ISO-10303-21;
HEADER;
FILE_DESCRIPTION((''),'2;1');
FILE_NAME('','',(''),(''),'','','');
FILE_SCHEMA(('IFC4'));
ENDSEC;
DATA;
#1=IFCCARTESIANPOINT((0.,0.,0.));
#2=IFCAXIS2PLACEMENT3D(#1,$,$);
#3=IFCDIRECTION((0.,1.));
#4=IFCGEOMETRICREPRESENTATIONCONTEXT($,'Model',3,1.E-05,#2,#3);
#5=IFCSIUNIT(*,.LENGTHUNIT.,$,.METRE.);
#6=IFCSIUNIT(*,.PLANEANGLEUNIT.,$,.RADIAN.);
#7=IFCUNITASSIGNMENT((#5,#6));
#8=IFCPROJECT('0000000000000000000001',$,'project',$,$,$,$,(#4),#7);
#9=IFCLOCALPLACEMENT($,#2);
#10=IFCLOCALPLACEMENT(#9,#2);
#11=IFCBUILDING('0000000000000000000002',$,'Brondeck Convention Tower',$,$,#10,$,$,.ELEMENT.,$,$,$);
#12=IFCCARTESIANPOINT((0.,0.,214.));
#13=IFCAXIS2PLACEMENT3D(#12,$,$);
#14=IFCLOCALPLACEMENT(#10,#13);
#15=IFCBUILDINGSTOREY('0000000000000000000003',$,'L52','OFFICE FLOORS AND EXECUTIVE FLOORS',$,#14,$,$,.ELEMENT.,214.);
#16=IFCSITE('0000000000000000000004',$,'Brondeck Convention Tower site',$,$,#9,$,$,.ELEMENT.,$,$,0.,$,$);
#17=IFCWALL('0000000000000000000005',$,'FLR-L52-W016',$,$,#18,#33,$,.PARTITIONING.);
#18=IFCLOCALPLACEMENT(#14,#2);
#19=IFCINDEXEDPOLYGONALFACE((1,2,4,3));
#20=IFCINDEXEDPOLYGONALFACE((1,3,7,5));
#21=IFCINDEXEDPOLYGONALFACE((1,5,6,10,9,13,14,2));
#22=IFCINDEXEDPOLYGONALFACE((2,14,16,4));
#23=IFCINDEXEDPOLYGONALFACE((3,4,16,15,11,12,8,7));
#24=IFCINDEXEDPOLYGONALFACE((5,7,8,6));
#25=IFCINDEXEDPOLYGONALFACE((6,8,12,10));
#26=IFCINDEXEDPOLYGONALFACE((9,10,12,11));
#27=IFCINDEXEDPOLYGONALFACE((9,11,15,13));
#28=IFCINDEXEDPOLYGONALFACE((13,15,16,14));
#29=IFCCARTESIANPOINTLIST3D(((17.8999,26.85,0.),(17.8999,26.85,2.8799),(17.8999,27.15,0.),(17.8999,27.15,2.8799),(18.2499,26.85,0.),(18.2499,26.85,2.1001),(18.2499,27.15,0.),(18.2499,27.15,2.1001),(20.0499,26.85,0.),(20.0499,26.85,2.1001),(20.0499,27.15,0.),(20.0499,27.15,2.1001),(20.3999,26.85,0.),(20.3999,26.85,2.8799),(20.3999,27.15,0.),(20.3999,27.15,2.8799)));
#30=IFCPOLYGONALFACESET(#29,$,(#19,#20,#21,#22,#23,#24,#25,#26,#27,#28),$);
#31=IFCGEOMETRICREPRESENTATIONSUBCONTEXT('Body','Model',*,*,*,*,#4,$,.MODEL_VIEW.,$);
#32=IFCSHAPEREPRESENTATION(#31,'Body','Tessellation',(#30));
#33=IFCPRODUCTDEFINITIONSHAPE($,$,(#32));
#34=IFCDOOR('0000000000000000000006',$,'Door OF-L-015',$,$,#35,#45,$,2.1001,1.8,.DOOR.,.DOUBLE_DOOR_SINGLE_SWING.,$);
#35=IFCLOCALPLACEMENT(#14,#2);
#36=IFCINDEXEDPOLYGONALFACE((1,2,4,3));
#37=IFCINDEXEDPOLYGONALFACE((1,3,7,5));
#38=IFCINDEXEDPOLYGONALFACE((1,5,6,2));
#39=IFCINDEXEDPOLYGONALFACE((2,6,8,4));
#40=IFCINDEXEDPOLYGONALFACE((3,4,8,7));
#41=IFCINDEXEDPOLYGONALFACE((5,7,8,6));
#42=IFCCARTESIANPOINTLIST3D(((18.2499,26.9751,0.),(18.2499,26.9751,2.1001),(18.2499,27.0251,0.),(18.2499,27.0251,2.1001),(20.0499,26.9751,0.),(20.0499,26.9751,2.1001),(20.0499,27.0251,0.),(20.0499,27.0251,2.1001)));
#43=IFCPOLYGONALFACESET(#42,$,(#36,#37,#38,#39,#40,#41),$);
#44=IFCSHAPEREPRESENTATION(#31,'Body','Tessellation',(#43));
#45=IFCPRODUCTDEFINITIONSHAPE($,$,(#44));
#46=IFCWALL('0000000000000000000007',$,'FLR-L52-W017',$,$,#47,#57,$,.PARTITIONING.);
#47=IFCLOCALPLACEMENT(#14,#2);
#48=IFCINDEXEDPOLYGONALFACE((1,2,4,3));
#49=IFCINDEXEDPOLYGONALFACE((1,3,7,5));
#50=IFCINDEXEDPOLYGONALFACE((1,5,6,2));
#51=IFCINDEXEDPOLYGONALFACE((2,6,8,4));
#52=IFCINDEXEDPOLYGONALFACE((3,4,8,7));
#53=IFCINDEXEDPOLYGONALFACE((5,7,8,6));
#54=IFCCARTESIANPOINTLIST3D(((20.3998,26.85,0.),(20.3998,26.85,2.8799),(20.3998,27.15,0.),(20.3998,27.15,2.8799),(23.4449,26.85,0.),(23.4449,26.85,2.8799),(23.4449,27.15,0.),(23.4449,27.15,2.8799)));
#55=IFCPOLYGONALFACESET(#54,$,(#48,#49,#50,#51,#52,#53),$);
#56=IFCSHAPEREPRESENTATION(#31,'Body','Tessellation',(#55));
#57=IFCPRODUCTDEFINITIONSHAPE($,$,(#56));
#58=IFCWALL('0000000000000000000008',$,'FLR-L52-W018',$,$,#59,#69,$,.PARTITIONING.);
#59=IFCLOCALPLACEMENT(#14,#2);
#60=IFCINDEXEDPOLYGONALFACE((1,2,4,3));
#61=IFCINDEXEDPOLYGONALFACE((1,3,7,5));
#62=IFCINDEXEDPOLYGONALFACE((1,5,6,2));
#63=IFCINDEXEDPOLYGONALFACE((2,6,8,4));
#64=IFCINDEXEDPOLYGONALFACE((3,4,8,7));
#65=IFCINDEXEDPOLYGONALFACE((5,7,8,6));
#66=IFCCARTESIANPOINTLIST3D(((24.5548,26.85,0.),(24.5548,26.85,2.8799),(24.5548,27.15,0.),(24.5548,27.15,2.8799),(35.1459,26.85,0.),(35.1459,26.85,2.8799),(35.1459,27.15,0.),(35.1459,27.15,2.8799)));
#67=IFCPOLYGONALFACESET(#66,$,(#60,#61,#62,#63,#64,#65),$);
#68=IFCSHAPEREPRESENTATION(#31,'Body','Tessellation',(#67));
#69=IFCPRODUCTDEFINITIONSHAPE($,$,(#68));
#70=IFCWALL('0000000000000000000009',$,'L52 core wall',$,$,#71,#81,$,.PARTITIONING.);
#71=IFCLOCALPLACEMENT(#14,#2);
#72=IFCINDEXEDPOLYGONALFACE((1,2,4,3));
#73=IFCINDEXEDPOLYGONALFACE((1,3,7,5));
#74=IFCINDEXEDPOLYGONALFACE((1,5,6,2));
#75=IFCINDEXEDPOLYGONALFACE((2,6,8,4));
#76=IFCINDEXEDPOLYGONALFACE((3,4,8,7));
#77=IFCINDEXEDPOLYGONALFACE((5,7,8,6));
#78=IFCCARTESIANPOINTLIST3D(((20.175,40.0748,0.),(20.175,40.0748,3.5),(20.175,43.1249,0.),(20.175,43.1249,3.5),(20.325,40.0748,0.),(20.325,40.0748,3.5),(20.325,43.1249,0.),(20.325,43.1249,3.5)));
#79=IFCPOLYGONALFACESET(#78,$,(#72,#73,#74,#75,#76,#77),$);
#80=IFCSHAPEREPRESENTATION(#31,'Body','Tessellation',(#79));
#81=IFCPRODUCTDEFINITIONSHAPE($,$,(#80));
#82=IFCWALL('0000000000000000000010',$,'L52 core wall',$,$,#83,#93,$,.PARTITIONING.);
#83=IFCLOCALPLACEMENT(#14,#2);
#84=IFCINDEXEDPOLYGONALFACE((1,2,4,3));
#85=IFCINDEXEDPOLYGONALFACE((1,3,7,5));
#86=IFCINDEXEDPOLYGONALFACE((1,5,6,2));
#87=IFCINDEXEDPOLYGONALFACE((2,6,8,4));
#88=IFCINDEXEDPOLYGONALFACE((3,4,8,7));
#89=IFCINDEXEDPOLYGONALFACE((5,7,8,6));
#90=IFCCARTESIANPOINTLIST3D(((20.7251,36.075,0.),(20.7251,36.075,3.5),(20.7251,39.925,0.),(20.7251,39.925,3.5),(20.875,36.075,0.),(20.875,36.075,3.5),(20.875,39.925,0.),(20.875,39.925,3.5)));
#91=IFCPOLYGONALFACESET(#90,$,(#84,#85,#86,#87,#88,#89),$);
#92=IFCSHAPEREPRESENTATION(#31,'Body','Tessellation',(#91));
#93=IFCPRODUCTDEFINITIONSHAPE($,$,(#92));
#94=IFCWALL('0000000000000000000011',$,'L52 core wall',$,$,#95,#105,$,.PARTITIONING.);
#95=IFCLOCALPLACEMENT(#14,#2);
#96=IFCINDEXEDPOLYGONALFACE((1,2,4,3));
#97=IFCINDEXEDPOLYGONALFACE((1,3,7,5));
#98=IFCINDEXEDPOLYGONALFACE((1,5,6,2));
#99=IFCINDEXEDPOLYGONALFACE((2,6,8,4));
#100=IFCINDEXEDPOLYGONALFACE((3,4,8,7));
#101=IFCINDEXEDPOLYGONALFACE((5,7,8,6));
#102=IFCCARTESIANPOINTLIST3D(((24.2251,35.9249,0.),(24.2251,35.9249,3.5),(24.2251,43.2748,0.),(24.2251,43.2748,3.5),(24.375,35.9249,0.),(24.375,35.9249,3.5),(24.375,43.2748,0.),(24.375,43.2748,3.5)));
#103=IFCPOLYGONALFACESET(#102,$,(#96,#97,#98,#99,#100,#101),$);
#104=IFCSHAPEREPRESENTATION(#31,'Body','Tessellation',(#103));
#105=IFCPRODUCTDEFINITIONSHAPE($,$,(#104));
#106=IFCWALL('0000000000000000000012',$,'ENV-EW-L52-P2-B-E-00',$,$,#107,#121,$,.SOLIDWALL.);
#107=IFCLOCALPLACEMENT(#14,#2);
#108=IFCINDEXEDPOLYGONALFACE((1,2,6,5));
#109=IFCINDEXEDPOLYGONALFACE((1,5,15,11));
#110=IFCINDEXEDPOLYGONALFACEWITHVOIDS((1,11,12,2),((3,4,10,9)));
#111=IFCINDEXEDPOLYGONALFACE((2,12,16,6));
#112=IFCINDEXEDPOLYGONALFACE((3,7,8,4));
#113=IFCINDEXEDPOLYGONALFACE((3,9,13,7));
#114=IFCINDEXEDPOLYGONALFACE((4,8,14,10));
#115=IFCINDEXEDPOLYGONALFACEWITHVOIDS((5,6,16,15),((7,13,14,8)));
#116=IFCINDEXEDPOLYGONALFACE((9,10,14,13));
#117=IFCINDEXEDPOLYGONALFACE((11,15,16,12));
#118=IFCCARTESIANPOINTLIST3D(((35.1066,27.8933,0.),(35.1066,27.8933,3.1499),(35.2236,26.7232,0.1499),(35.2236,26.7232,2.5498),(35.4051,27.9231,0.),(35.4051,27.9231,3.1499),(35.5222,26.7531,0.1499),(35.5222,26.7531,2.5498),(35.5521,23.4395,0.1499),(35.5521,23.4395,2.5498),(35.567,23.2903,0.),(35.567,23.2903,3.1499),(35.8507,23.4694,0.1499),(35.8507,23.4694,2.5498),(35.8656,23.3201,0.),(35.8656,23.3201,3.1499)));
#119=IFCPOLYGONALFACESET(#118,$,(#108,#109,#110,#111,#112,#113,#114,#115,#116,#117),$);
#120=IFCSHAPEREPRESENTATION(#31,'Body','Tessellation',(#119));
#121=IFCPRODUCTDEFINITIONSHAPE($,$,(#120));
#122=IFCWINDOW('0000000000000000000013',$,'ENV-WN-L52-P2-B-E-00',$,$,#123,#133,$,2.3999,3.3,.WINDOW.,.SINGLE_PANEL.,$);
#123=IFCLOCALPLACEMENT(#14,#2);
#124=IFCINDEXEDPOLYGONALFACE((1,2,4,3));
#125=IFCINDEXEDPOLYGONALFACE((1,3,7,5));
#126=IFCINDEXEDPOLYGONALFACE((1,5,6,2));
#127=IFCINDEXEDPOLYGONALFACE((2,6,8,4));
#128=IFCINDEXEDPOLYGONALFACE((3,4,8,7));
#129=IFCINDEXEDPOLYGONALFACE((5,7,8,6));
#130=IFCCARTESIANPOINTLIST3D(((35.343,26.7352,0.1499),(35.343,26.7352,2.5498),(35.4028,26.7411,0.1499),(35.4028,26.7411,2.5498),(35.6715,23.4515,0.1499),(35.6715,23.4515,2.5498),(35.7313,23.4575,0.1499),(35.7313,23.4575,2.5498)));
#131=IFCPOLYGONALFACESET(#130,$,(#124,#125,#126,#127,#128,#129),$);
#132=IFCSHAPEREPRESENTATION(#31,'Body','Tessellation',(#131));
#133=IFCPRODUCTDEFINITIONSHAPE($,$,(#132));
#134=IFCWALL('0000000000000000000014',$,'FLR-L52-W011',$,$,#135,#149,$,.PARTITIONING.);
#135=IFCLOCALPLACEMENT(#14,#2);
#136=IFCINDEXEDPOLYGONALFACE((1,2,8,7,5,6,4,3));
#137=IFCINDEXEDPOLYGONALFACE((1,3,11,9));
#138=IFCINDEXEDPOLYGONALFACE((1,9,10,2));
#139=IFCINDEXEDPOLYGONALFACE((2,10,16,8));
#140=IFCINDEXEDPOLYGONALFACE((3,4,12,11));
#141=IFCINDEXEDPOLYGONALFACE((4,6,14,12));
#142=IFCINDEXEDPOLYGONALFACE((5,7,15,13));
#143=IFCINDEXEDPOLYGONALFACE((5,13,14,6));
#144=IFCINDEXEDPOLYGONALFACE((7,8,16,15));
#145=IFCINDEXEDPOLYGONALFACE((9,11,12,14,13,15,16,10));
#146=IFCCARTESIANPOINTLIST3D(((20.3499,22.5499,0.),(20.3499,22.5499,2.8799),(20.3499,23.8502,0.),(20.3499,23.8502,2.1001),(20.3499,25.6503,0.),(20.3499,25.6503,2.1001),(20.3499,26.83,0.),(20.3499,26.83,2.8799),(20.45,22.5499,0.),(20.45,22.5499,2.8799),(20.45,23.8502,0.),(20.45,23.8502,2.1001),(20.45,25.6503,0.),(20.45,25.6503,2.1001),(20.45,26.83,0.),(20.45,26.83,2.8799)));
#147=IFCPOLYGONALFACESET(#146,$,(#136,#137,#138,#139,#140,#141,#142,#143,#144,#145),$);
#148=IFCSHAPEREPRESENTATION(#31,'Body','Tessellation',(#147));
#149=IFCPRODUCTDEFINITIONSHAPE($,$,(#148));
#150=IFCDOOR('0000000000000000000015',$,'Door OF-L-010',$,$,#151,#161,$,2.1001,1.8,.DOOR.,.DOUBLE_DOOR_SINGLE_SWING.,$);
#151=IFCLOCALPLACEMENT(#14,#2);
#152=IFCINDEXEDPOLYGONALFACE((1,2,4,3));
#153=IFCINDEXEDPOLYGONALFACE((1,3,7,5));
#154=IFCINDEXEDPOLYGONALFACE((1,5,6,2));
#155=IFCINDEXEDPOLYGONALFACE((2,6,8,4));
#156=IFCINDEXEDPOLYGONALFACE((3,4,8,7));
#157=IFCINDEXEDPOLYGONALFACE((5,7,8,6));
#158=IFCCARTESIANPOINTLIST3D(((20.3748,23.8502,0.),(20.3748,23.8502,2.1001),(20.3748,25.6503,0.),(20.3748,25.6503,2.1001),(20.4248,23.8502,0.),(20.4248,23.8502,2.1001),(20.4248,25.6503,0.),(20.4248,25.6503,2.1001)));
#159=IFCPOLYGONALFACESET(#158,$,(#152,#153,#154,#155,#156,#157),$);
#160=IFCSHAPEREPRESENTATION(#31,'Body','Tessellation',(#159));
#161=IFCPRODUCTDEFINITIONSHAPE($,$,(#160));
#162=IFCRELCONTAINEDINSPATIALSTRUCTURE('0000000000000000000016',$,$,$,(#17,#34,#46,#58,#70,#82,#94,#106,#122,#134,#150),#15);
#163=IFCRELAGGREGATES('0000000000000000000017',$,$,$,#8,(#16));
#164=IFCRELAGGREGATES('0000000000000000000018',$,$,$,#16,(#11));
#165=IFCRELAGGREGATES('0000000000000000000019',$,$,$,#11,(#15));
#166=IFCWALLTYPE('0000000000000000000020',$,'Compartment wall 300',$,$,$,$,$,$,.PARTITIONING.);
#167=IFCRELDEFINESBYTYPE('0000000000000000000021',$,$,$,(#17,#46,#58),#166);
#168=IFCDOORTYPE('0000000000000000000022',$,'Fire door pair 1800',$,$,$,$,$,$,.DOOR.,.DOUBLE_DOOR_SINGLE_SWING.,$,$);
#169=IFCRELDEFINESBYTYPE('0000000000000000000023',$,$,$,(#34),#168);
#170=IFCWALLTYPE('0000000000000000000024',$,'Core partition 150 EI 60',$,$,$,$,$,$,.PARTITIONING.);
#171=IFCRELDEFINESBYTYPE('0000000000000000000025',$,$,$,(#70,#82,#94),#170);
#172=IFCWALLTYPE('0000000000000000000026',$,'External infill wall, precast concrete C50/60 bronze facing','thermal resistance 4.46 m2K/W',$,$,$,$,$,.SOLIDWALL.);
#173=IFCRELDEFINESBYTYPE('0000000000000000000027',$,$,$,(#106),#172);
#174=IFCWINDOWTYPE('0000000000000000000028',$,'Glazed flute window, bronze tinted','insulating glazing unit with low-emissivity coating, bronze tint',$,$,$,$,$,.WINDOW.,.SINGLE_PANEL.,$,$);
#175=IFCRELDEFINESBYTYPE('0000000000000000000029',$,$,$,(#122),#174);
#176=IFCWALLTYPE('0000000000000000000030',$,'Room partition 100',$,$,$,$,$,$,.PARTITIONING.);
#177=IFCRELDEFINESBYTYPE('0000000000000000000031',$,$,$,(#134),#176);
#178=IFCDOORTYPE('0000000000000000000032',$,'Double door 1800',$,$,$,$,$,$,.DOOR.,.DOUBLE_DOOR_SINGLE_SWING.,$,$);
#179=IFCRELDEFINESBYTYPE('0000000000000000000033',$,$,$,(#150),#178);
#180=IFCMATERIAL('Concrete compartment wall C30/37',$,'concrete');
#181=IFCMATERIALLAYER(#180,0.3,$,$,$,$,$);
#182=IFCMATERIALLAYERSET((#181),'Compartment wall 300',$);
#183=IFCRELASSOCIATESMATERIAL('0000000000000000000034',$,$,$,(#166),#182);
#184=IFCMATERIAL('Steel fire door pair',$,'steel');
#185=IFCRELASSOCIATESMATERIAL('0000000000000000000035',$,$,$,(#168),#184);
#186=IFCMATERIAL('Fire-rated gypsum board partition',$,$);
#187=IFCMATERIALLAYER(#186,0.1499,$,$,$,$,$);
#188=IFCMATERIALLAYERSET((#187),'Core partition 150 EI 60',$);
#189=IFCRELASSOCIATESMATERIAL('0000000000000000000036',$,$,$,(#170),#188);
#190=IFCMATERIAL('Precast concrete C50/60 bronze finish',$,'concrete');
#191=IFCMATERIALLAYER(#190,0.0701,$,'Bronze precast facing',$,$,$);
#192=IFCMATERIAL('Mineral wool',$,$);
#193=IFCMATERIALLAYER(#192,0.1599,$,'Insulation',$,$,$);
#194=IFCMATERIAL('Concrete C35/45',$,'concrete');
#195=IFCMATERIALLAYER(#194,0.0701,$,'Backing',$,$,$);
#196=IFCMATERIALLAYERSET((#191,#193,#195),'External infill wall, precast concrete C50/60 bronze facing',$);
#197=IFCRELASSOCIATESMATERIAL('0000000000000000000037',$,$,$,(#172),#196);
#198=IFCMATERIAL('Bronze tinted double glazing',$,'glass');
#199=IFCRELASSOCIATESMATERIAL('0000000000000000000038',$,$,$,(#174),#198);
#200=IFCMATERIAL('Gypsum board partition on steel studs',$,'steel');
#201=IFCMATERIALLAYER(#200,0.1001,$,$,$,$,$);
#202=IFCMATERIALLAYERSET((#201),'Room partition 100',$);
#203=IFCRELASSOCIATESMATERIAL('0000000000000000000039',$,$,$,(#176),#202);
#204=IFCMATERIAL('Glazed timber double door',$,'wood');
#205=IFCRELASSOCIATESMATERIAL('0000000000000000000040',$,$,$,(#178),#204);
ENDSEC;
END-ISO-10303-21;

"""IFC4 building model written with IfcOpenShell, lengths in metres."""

from ifc_helpers import new_model, si_unit, direction, frame, frame_2d, origin, place, context, subcontext, project, spatial, rectangle, extrude, material, layer, layer_set, type_object, element, fill, save


model = new_model("IFC4")

# Units and contexts
model_context = context("Model", 3, precision=1e-05, world=origin(), true_north=direction((0.0, 1.0)))
body_context = subcontext(model_context, "Body", "Model", "MODEL_VIEW")
ifc_project = project(units=[si_unit("LENGTHUNIT", "METRE"), si_unit("PLANEANGLEUNIT", "RADIAN")], contexts=[model_context])

# Site, building, storey
site_placement = place(None, origin())
site = spatial("IfcSite", under=ifc_project, at=site_placement, Name="Brondeck Convention Tower site", CompositionType="ELEMENT", RefElevation=0.0)
building_placement = place(site_placement, origin())
building = spatial("IfcBuilding", under=site, at=building_placement, Name="Brondeck Convention Tower", CompositionType="ELEMENT")
storey_placement = place(building_placement, frame((0.0, 0.0, 214.0)))
storey = spatial("IfcBuildingStorey", under=building, at=storey_placement, Name="L52", Description="OFFICE FLOORS AND EXECUTIVE FLOORS", CompositionType="ELEMENT", Elevation=214.0)

# Wall, opening, door
ifc_material_1 = material(Name="Concrete compartment wall C30/37", Category="concrete")
ifc_layer_1 = layer(ifc_material_1, 0.3)
ifc_layer_set_1 = layer_set([ifc_layer_1], Name="Compartment wall 300")
wall_type_1 = type_object("IfcWallType", Name="Compartment wall 300", PredefinedType="PARTITIONING", material=ifc_layer_set_1)
wall_1_placement = place(storey_placement, frame((20.3999, 27.0, 0.0), z_axis=(0.0, 0.0, 1.0), x_axis=(-1.0, 0.0, 0.0)))
wall_1 = element("IfcWall", 1, at=wall_1_placement, inside=storey, type_object=wall_type_1, Name="FLR-L52-W016", PredefinedType="PARTITIONING", context=body_context, shape_type="SweptSolid", body=[
    extrude(rectangle(XDim=2.5, YDim=0.3, at=frame_2d((1.25, 0.0))), origin(), (0.0, 0.0, 1.0), 2.8799),
])
opening_1_placement = place(wall_1_placement, frame((0.3501, 0.0, 0.0)))
opening_1 = element("IfcOpeningElement", 2, at=opening_1_placement, cuts=wall_1, PredefinedType="OPENING", context=body_context, shape_type="SweptSolid", body=[
    extrude(rectangle(XDim=1.8, YDim=2.1001, at=frame_2d((0.8999, 1.05))), frame((0.0, 0.1599, 0.0), z_axis=(0.0, -1.0, 0.0), x_axis=(1.0, 0.0, 0.0)), (0.0, 0.0, 1.0), 0.3201),
])
ifc_material_2 = material(Name="Steel fire door pair", Category="steel")
door_type_1 = type_object("IfcDoorType", Name="Fire door pair 1800", OperationType="DOUBLE_DOOR_SINGLE_SWING", PredefinedType="DOOR", material=ifc_material_2)
door_1_placement = place(opening_1_placement, origin())
door_1 = element("IfcDoor", 3, at=door_1_placement, inside=storey, type_object=door_type_1, Name="Door OF-L-015", OperationType="DOUBLE_DOOR_SINGLE_SWING", OverallHeight=2.1001, OverallWidth=1.8, PredefinedType="DOOR", context=body_context, shape_type="SweptSolid", body=[
    extrude(rectangle(XDim=1.8, YDim=2.1001, at=frame_2d((0.8999, 1.05))), frame((0.0, 0.0249, 0.0), z_axis=(0.0, -1.0, 0.0), x_axis=(1.0, 0.0, 0.0)), (0.0, 0.0, 1.0), 0.05),
])
fill(opening_1, door_1)

# Walls
wall_2_placement = place(storey_placement, frame((20.3999, 27.0, 0.0), z_axis=(0.0, 0.0, 1.0), x_axis=(1.0, 0.0, 0.0)))
element("IfcWall", 4, at=wall_2_placement, inside=storey, type_object=wall_type_1, Name="FLR-L52-W017", PredefinedType="PARTITIONING", context=body_context, shape_type="SweptSolid", body=[
    extrude(rectangle(XDim=3.0452, YDim=0.3, at=frame_2d((1.5225, 0.0))), origin(), (0.0, 0.0, 1.0), 2.8799),
])
wall_3_placement = place(storey_placement, frame((24.5549, 27.0, 0.0), z_axis=(0.0, 0.0, 1.0), x_axis=(1.0, 0.0, 0.0)))
element("IfcWall", 5, at=wall_3_placement, inside=storey, type_object=wall_type_1, Name="FLR-L52-W018", PredefinedType="PARTITIONING", context=body_context, shape_type="SweptSolid", body=[
    extrude(rectangle(XDim=10.5911, YDim=0.3, at=frame_2d((5.2954, 0.0))), origin(), (0.0, 0.0, 1.0), 2.8799),
])
ifc_material_3 = material(Name="Fire-rated gypsum board partition")
ifc_layer_2 = layer(ifc_material_3, 0.1499)
ifc_layer_set_2 = layer_set([ifc_layer_2], Name="Core partition 150 EI 60")
wall_type_2 = type_object("IfcWallType", Name="Core partition 150 EI 60", PredefinedType="PARTITIONING", material=ifc_layer_set_2)
wall_4_placement = place(storey_placement, frame((20.25, 40.075, 0.0), z_axis=(0.0, 0.0, 1.0), x_axis=(0.0, 1.0, 0.0)))
element("IfcWall", 6, at=wall_4_placement, inside=storey, type_object=wall_type_2, Name="L52 core wall", PredefinedType="PARTITIONING", context=body_context, shape_type="SweptSolid", body=[
    extrude(rectangle(XDim=3.05, YDim=0.1499, at=frame_2d((1.5249, 0.0))), origin(), (0.0, 0.0, 1.0), 3.5),
])
wall_5_placement = place(storey_placement, frame((20.8, 36.075, 0.0), z_axis=(0.0, 0.0, 1.0), x_axis=(0.0, 1.0, 0.0)))
element("IfcWall", 7, at=wall_5_placement, inside=storey, type_object=wall_type_2, Name="L52 core wall", PredefinedType="PARTITIONING", context=body_context, shape_type="SweptSolid", body=[
    extrude(rectangle(XDim=3.8501, YDim=0.1499, at=frame_2d((1.925, 0.0))), origin(), (0.0, 0.0, 1.0), 3.5),
])
wall_6_placement = place(storey_placement, frame((24.3, 35.925, 0.0), z_axis=(0.0, 0.0, 1.0), x_axis=(0.0, 1.0, 0.0)))
element("IfcWall", 8, at=wall_6_placement, inside=storey, type_object=wall_type_2, Name="L52 core wall", PredefinedType="PARTITIONING", context=body_context, shape_type="SweptSolid", body=[
    extrude(rectangle(XDim=7.3499, YDim=0.1499, at=frame_2d((3.6748, 0.0))), origin(), (0.0, 0.0, 1.0), 3.5),
])

# Wall, opening, window
ifc_material_4 = material(Name="Precast concrete C50/60 bronze finish", Category="concrete")
ifc_layer_3 = layer(ifc_material_4, 0.0701, Name="Bronze precast facing")
ifc_material_5 = material(Name="Mineral wool")
ifc_layer_4 = layer(ifc_material_5, 0.1599, Name="Insulation")
ifc_material_6 = material(Name="Concrete C35/45", Category="concrete")
ifc_layer_5 = layer(ifc_material_6, 0.0701, Name="Backing")
ifc_layer_set_3 = layer_set([ifc_layer_3, ifc_layer_4, ifc_layer_5], Name="External infill wall, precast concrete C50/60 bronze facing")
wall_type_3 = type_object("IfcWallType", Name="External infill wall, precast concrete C50/60 bronze facing", Description="thermal resistance 4.46 m2K/W", PredefinedType="SOLIDWALL", material=ifc_layer_set_3)
wall_7_placement = place(storey_placement, frame((35.2559, 27.9082, 0.0), z_axis=(0.0, 0.0, 1.0), x_axis=(0.099535, -0.995034, 0.0)))
wall_7 = element("IfcWall", 9, at=wall_7_placement, inside=storey, type_object=wall_type_3, Name="ENV-EW-L52-P2-B-E-00", PredefinedType="SOLIDWALL", context=body_context, shape_type="SweptSolid", body=[
    extrude(rectangle(XDim=4.626, YDim=0.3, at=frame_2d((2.313, 0.0))), origin(), (0.0, 0.0, 1.0), 3.1499),
])
opening_2_placement = place(wall_7_placement, frame((1.176, 0.0, 0.1499)))
opening_2 = element("IfcOpeningElement", 10, at=opening_2_placement, cuts=wall_7, PredefinedType="OPENING", context=body_context, shape_type="SweptSolid", body=[
    extrude(rectangle(XDim=3.3, YDim=2.3999, at=frame_2d((1.6499, 1.2))), frame((0.0, 0.1599, 0.0), z_axis=(0.0, -1.0, 0.0), x_axis=(1.0, 0.0, 0.0)), (0.0, 0.0, 1.0), 0.3201),
])
ifc_material_7 = material(Name="Bronze tinted double glazing", Category="glass")
window_type = type_object("IfcWindowType", Name="Glazed flute window, bronze tinted", Description="insulating glazing unit with low-emissivity coating, bronze tint", PartitioningType="SINGLE_PANEL", PredefinedType="WINDOW", material=ifc_material_7)
window_placement = place(opening_2_placement, origin())
window = element("IfcWindow", 11, at=window_placement, inside=storey, type_object=window_type, Name="ENV-WN-L52-P2-B-E-00", OverallHeight=2.3999, OverallWidth=3.3, PartitioningType="SINGLE_PANEL", PredefinedType="WINDOW", context=body_context, shape_type="SweptSolid", body=[
    extrude(rectangle(XDim=3.3, YDim=2.3999, at=frame_2d((1.6499, 1.2))), frame((0.0, 0.03, 0.0), z_axis=(0.0, -1.0, 0.0), x_axis=(1.0, 0.0, 0.0)), (0.0, 0.0, 1.0), 0.0601),
])
fill(opening_2, window)

# Wall, opening, door
ifc_material_8 = material(Name="Gypsum board partition on steel studs", Category="steel")
ifc_layer_6 = layer(ifc_material_8, 0.1001)
ifc_layer_set_4 = layer_set([ifc_layer_6], Name="Room partition 100")
wall_type_4 = type_object("IfcWallType", Name="Room partition 100", PredefinedType="PARTITIONING", material=ifc_layer_set_4)
wall_8_placement = place(storey_placement, frame((20.3999, 26.8301, 0.0), z_axis=(0.0, 0.0, 1.0), x_axis=(0.0, -1.0, 0.0)))
wall_8 = element("IfcWall", 12, at=wall_8_placement, inside=storey, type_object=wall_type_4, Name="FLR-L52-W011", PredefinedType="PARTITIONING", context=body_context, shape_type="SweptSolid", body=[
    extrude(rectangle(XDim=4.28, YDim=0.1001, at=frame_2d((2.1401, 0.0))), origin(), (0.0, 0.0, 1.0), 2.8799),
])
opening_3_placement = place(wall_8_placement, frame((1.1799, 0.0, 0.0)))
opening_3 = element("IfcOpeningElement", 13, at=opening_3_placement, cuts=wall_8, PredefinedType="OPENING", context=body_context, shape_type="SweptSolid", body=[
    extrude(rectangle(XDim=1.8, YDim=2.1001, at=frame_2d((0.8999, 1.05))), frame((0.0, 0.0601, 0.0), z_axis=(0.0, -1.0, 0.0), x_axis=(1.0, 0.0, 0.0)), (0.0, 0.0, 1.0), 0.1201),
])
ifc_material_9 = material(Name="Glazed timber double door", Category="wood")
door_type_2 = type_object("IfcDoorType", Name="Double door 1800", OperationType="DOUBLE_DOOR_SINGLE_SWING", PredefinedType="DOOR", material=ifc_material_9)
door_2_placement = place(opening_3_placement, origin())
door_2 = element("IfcDoor", 14, at=door_2_placement, inside=storey, type_object=door_type_2, Name="Door OF-L-010", OperationType="DOUBLE_DOOR_SINGLE_SWING", OverallHeight=2.1001, OverallWidth=1.8, PredefinedType="DOOR", context=body_context, shape_type="SweptSolid", body=[
    extrude(rectangle(XDim=1.8, YDim=2.1001, at=frame_2d((0.8999, 1.05))), frame((0.0, 0.0249, 0.0), z_axis=(0.0, -1.0, 0.0), x_axis=(1.0, 0.0, 0.0)), (0.0, 0.0, 1.0), 0.05),
])
fill(opening_3, door_2)

save(model, "model.ifc")
